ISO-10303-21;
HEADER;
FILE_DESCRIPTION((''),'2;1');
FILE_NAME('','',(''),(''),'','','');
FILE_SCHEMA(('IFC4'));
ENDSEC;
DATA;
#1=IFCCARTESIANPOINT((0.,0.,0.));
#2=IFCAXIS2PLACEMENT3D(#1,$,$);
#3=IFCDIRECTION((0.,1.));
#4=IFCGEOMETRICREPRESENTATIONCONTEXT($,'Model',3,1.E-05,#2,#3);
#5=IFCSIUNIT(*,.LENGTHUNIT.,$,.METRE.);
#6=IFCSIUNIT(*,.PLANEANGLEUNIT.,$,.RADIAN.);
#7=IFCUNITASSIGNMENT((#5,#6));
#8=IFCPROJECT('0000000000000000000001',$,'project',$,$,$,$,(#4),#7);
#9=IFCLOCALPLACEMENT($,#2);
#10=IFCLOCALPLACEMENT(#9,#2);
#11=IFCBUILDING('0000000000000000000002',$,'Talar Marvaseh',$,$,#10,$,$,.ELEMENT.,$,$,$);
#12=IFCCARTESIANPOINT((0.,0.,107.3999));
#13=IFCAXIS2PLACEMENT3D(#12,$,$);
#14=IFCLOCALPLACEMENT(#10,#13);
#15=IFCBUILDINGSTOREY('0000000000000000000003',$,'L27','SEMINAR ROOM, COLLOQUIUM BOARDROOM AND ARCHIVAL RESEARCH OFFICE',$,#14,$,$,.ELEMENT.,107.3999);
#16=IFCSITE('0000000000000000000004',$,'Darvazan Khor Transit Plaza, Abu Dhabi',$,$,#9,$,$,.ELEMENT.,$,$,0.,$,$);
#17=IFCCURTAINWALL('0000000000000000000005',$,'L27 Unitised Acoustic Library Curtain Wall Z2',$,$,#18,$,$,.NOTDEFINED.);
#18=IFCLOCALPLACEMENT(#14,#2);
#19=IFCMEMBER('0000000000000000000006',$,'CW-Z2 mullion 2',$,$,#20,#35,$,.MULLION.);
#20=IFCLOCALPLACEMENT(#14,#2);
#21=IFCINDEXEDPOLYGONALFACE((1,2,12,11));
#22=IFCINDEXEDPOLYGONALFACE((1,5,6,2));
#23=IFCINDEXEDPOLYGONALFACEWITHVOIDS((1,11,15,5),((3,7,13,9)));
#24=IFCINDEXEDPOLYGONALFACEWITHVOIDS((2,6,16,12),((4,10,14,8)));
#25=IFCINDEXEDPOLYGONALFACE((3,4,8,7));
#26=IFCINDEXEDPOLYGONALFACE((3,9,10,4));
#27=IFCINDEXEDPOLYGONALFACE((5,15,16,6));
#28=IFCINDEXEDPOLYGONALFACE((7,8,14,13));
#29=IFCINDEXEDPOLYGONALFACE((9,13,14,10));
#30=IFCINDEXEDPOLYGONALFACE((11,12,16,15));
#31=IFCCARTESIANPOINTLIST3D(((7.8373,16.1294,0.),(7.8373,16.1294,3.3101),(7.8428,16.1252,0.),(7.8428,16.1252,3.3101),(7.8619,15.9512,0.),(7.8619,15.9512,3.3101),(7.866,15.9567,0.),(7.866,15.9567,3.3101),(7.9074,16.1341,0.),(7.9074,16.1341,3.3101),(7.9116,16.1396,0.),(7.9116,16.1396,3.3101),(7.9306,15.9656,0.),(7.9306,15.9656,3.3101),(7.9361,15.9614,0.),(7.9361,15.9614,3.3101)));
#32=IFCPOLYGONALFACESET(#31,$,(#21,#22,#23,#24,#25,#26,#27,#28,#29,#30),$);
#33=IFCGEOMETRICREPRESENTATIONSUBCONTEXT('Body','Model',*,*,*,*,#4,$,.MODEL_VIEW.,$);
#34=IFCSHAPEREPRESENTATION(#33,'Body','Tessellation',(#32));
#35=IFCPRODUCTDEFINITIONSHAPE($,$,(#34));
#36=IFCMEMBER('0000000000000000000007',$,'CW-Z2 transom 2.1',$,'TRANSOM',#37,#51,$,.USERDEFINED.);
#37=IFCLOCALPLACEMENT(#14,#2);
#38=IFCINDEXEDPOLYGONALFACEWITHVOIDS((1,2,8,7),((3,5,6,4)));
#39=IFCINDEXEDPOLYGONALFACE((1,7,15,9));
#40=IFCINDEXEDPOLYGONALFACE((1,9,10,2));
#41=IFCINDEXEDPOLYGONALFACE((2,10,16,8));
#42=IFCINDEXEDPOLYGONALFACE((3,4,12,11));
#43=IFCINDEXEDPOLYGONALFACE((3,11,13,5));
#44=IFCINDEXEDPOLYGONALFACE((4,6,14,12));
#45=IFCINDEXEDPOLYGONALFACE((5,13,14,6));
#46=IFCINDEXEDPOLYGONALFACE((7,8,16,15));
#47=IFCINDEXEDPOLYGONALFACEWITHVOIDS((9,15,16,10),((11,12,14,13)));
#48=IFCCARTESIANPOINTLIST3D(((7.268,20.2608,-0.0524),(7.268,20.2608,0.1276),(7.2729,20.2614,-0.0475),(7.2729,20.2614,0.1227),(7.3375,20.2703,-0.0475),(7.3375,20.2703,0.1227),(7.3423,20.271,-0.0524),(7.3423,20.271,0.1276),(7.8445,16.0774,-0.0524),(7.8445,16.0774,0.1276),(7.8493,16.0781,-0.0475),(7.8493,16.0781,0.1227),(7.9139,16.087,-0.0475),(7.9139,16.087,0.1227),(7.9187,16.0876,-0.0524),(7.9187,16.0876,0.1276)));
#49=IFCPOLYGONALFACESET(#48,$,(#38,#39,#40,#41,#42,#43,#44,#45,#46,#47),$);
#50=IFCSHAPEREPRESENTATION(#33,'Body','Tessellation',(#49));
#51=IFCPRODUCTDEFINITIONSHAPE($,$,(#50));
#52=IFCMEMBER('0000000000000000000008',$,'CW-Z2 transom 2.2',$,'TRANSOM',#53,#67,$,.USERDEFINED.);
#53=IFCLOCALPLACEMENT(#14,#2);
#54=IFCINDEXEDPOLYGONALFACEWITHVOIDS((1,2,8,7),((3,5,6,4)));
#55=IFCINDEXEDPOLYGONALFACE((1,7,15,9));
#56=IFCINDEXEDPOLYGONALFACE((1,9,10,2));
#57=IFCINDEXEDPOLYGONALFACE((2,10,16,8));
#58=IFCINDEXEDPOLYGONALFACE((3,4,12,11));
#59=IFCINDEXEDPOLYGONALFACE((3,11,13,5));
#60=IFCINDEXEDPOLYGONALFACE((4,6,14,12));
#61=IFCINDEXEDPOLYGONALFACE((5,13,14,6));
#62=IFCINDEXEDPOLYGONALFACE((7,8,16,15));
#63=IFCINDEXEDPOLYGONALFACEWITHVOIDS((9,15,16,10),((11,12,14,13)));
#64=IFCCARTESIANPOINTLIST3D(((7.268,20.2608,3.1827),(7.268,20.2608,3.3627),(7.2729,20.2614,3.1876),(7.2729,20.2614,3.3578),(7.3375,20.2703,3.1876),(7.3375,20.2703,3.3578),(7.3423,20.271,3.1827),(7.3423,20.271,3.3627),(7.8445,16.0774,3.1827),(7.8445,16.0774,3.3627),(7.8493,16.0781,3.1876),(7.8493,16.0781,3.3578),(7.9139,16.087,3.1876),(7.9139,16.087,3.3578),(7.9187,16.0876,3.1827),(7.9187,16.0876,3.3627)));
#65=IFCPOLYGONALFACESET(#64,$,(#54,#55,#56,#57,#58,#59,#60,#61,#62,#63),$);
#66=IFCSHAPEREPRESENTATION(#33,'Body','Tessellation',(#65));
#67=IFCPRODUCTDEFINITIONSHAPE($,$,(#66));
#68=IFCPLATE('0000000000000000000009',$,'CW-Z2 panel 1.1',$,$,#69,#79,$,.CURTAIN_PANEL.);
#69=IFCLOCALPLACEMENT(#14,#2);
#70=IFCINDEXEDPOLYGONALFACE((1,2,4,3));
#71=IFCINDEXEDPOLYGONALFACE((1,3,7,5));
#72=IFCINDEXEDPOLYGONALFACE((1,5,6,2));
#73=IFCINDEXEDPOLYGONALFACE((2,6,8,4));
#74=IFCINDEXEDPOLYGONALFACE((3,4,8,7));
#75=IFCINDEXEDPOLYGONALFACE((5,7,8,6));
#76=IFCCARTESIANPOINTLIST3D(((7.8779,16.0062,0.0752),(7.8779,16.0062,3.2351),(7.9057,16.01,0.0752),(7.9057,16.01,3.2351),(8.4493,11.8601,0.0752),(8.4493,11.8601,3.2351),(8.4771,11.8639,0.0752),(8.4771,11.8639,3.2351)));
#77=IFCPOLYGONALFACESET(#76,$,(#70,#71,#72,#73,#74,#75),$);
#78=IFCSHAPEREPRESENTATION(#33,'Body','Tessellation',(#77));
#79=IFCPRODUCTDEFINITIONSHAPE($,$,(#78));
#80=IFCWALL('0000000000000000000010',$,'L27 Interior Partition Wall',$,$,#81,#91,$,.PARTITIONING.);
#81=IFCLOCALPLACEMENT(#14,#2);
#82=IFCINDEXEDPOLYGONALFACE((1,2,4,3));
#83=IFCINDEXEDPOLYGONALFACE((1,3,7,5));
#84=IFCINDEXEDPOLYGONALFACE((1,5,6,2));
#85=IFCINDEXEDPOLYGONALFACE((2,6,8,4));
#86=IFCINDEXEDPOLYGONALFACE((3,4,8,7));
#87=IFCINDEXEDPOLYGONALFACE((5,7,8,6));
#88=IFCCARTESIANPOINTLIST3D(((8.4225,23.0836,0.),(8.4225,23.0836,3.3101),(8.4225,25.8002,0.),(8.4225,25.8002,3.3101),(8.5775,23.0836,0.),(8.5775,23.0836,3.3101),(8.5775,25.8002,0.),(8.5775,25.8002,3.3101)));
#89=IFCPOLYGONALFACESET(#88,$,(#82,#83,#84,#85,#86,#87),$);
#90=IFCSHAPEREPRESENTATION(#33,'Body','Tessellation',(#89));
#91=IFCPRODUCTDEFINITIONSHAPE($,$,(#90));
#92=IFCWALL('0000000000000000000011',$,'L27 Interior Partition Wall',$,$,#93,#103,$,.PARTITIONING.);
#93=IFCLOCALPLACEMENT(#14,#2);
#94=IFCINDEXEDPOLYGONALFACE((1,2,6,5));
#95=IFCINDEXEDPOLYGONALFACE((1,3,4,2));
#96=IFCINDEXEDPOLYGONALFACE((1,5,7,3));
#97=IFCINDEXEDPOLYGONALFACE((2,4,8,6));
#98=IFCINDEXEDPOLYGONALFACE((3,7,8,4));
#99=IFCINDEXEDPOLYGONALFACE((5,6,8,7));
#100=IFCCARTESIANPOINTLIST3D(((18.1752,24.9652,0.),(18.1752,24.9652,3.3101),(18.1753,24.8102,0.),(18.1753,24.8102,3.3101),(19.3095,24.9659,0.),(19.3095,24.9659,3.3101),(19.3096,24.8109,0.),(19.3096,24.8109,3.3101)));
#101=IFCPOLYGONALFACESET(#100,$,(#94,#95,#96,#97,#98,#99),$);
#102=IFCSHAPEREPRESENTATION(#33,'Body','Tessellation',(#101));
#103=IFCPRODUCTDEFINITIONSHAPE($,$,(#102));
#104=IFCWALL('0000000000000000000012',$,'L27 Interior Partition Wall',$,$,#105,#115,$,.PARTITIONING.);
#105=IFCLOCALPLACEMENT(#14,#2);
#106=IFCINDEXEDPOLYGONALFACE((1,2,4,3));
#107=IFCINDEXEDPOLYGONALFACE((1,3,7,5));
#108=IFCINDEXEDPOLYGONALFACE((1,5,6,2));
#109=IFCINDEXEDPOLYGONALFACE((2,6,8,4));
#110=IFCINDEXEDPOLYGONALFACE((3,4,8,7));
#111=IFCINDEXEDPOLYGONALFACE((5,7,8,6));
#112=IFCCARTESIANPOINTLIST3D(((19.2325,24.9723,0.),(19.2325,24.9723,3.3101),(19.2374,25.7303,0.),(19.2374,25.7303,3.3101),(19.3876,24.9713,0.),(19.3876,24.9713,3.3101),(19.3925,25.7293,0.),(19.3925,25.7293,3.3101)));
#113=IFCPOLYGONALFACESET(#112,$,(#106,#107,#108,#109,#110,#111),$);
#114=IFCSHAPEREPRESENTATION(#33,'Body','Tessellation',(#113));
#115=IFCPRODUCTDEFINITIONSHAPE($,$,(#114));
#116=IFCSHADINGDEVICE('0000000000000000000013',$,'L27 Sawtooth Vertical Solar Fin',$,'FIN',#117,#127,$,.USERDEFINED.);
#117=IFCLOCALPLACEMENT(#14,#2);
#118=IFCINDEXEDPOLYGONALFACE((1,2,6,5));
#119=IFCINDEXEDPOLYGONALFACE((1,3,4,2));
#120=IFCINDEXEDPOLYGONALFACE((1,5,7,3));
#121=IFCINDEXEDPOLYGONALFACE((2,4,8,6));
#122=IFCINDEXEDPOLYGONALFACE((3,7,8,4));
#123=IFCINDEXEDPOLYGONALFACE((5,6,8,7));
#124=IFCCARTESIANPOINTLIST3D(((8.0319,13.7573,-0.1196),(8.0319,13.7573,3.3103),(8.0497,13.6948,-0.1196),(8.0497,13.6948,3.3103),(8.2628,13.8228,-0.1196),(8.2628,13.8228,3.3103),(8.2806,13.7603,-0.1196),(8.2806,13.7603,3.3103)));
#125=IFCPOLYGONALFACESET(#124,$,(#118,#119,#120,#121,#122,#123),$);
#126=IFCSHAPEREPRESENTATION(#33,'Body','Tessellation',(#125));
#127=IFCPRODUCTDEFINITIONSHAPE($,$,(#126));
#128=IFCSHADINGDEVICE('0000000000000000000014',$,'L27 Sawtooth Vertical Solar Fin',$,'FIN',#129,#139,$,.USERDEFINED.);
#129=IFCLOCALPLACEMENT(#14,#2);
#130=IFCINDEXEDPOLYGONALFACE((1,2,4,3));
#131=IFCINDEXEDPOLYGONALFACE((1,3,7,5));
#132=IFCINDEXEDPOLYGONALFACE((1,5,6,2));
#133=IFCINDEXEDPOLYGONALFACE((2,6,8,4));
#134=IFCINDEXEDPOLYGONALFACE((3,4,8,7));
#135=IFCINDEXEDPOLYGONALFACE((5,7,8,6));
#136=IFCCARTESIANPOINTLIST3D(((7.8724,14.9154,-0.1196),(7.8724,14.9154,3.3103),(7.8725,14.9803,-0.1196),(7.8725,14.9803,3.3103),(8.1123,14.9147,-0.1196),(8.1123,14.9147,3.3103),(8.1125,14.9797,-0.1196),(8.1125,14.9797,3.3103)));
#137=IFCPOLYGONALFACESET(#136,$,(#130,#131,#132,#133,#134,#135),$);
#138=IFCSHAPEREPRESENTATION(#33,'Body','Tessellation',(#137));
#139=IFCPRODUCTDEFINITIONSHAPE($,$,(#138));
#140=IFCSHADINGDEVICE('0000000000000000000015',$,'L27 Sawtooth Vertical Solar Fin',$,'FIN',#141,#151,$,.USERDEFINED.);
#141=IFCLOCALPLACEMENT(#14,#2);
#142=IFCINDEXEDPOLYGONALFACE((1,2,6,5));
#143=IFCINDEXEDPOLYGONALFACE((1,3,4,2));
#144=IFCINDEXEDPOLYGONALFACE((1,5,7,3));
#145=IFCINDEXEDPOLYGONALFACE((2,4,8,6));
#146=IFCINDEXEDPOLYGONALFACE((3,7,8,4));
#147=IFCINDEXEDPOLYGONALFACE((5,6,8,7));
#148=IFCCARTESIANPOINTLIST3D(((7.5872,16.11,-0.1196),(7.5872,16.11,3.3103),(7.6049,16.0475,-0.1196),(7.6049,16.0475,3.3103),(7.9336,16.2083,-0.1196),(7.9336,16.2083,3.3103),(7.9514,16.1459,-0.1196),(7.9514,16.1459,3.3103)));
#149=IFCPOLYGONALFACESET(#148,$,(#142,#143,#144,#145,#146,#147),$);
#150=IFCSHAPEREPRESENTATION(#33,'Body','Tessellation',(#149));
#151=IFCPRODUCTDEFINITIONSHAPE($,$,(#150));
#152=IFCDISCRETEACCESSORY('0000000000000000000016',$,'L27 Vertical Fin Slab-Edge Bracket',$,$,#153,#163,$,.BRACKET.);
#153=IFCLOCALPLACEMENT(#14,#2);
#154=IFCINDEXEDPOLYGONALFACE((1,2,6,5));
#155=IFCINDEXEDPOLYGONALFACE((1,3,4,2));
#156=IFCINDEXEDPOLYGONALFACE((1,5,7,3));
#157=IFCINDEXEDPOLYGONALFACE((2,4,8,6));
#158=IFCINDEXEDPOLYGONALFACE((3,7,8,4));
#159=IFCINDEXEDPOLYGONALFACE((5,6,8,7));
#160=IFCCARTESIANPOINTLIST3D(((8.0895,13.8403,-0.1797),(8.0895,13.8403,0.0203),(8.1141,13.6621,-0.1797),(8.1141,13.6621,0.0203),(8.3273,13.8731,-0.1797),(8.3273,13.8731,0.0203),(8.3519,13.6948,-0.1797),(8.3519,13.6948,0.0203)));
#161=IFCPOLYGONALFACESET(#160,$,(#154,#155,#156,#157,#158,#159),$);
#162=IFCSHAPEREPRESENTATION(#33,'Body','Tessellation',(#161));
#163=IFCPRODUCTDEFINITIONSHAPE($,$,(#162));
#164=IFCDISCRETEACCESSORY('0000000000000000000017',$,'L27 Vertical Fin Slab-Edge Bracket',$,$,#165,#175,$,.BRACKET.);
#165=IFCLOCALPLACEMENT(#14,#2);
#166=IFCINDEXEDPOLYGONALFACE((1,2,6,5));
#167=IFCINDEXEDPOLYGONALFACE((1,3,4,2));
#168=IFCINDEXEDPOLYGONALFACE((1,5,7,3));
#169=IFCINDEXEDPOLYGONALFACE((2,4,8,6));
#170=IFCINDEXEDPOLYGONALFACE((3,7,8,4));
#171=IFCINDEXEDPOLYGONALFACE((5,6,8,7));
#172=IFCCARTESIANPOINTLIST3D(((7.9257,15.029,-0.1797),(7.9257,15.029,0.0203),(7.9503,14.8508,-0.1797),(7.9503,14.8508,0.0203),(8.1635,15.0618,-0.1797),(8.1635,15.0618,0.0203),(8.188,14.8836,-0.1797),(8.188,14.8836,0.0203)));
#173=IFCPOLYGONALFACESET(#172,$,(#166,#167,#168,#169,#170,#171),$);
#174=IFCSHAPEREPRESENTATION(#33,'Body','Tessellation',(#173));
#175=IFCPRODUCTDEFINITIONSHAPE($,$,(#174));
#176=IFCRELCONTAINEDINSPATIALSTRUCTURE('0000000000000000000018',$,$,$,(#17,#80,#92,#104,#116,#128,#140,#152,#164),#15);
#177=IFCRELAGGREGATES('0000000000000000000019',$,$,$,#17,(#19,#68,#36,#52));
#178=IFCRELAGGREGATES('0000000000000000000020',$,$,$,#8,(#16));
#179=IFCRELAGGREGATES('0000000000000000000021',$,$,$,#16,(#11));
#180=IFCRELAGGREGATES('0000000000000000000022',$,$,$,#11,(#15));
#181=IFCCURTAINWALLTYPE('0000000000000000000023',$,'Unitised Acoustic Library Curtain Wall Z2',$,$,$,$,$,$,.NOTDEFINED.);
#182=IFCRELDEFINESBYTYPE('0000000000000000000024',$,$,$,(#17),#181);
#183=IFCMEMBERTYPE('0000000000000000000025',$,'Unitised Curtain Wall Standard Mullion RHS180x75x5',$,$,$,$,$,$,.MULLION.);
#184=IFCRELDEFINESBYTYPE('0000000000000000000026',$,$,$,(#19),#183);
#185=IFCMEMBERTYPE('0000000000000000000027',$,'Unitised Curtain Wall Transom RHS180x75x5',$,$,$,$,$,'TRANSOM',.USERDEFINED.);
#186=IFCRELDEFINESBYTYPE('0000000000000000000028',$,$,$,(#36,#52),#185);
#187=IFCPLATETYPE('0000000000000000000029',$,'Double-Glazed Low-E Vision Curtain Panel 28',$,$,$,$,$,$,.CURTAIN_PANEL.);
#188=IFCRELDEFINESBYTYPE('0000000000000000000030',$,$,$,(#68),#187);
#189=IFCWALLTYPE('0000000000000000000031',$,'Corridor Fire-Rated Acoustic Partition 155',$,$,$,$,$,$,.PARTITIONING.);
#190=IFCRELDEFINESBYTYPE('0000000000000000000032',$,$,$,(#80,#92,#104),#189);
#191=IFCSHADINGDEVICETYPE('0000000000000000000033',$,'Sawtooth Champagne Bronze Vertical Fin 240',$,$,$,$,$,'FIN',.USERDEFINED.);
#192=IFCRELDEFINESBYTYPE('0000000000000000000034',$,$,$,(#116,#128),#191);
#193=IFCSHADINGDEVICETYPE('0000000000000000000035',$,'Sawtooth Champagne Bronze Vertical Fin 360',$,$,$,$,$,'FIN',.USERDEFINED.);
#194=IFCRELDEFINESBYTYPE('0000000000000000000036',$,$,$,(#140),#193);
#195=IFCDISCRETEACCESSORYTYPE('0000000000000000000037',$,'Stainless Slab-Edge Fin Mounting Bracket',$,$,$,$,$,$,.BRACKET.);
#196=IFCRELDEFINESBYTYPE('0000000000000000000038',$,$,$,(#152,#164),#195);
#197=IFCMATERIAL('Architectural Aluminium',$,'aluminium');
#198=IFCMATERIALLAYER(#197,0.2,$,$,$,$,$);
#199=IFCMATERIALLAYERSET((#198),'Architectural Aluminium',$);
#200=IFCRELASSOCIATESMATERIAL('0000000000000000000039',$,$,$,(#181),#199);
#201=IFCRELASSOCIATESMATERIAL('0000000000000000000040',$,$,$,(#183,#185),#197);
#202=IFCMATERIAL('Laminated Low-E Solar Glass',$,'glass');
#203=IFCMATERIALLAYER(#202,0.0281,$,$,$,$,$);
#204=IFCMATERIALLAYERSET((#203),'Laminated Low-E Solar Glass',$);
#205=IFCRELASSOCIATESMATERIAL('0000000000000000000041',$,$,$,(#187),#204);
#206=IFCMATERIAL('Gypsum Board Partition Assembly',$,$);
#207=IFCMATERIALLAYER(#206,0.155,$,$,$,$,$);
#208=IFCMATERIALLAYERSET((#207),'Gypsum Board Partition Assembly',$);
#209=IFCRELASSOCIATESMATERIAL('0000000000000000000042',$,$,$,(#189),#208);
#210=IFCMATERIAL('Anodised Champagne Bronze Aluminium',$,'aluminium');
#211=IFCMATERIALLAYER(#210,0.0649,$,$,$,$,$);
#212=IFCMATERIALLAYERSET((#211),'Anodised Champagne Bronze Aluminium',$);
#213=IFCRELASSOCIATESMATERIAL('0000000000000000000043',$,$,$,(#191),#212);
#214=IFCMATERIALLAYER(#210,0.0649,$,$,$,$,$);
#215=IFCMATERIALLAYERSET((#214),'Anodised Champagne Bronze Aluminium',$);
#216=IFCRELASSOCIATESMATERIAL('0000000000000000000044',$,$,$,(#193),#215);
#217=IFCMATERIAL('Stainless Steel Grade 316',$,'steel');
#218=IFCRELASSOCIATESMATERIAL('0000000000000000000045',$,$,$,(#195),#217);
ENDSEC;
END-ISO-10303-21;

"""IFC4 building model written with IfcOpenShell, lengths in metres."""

from ifc_helpers import new_model, si_unit, direction, frame, frame_2d, origin, origin_2d, place, context, subcontext, project, spatial, rectangle, hollow_rectangle, extrude, source, transform, mapped, material, layer, layer_set, material_profile, profile_set, type_object, type_shapes, element, aggregate, save


model = new_model("IFC4")

# Units and contexts
model_context = context("Model", 3, precision=1e-05, world=origin(), true_north=direction((0.0, 1.0)))
body_context = subcontext(model_context, "Body", "Model", "MODEL_VIEW")
ifc_project = project(units=[si_unit("LENGTHUNIT", "METRE"), si_unit("PLANEANGLEUNIT", "RADIAN")], contexts=[model_context])

# Site, building, storey
site_placement = place(None, origin())
site = spatial("IfcSite", under=ifc_project, at=site_placement, Name="Darvazan Khor Transit Plaza, Abu Dhabi", CompositionType="ELEMENT", RefElevation=0.0)
building_placement = place(site_placement, origin())
building = spatial("IfcBuilding", under=site, at=building_placement, Name="Talar Marvaseh", CompositionType="ELEMENT")
storey_placement = place(building_placement, frame((0.0, 0.0, 107.3999)))
storey = spatial("IfcBuildingStorey", under=building, at=storey_placement, Name="L27", Description="SEMINAR ROOM, COLLOQUIUM BOARDROOM AND ARCHIVAL RESEARCH OFFICE", CompositionType="ELEMENT", Elevation=107.3999)

# Curtain wall, members, plate
ifc_material_1 = material(Name="Architectural Aluminium", Category="aluminium")
ifc_layer_1 = layer(ifc_material_1, 0.2)
ifc_layer_set_1 = layer_set([ifc_layer_1], Name="Architectural Aluminium")
curtain_wall_type = type_object("IfcCurtainWallType", Name="Unitised Acoustic Library Curtain Wall Z2", PredefinedType="NOTDEFINED", material=ifc_layer_set_1)
curtain_wall_placement = place(storey_placement, origin())
curtain_wall = element("IfcCurtainWall", 1, at=curtain_wall_placement, inside=storey, type_object=curtain_wall_type, Name="L27 Unitised Acoustic Library Curtain Wall Z2", PredefinedType="NOTDEFINED")
ifc_material_profile_1 = material_profile(ifc_material_1, hollow_rectangle(XDim=0.075, YDim=0.1799, WallThickness=0.0049, at=origin_2d()), Name="RHS180x75x5")
ifc_profile_set_1 = profile_set([ifc_material_profile_1], Name="Architectural Aluminium")
member_type_1 = type_object("IfcMemberType", Name="Unitised Curtain Wall Standard Mullion RHS180x75x5", PredefinedType="MULLION", material=ifc_profile_set_1)
shared_shape_1 = source(origin(), body_context, "Body", "SweptSolid", [
    extrude(hollow_rectangle(XDim=0.075, YDim=0.1799, WallThickness=0.0049, at=origin_2d()), origin(), (0.0, 0.0, 1.0), 3.3101),
])
type_shapes(member_type_1, [shared_shape_1])
member_1_placement = place(storey_placement, frame((7.8867, 16.0454, 0.0), z_axis=(0.0, 0.0, 1.0), x_axis=(-0.990638, -0.136515, 0.0)))
member_1 = element("IfcMember", 2, at=member_1_placement, type_object=member_type_1, Name="CW-Z2 mullion 2", PredefinedType="MULLION", context=body_context, shape_type="MappedRepresentation", body=[
    mapped(shared_shape_1, transform((0.0, 0.0, 0.0), x_axis=(1.0, 0.0, 0.0), y_axis=(0.0, 1.0, 0.0), z_axis=(0.0, 0.0, 1.0), scale=1.0)),
])
ifc_material_profile_2 = material_profile(ifc_material_1, hollow_rectangle(XDim=0.075, YDim=0.1799, WallThickness=0.0049, at=origin_2d()), Name="RHS180x75x5")
ifc_profile_set_2 = profile_set([ifc_material_profile_2], Name="Architectural Aluminium")
member_type_2 = type_object("IfcMemberType", Name="Unitised Curtain Wall Transom RHS180x75x5", ElementType="TRANSOM", PredefinedType="USERDEFINED", material=ifc_profile_set_2)
shared_shape_2 = source(origin(), body_context, "Body", "SweptSolid", [
    extrude(hollow_rectangle(XDim=0.075, YDim=0.1799, WallThickness=0.0049, at=origin_2d()), origin(), (0.0, 0.0, 1.0), 4.2229),
])
type_shapes(member_type_2, [shared_shape_2])
member_2_placement = place(storey_placement, frame((7.8816, 16.0825, 0.0376), z_axis=(-0.136498, 0.99064, 0.0), x_axis=(-0.99064, -0.136498, 0.0)))
member_2 = element("IfcMember", 3, at=member_2_placement, type_object=member_type_2, Name="CW-Z2 transom 2.1", ObjectType="TRANSOM", PredefinedType="USERDEFINED", context=body_context, shape_type="MappedRepresentation", body=[
    mapped(shared_shape_2, transform((0.0, 0.0, 0.0), x_axis=(1.0, 0.0, 0.0), y_axis=(0.0, 1.0, 0.0), z_axis=(0.0, 0.0, 1.0), scale=1.0)),
])
member_3_placement = place(storey_placement, frame((7.8816, 16.0825, 3.2727), z_axis=(-0.136498, 0.99064, 0.0), x_axis=(-0.99064, -0.136498, 0.0)))
member_3 = element("IfcMember", 4, at=member_3_placement, type_object=member_type_2, Name="CW-Z2 transom 2.2", ObjectType="TRANSOM", PredefinedType="USERDEFINED", context=body_context, shape_type="MappedRepresentation", body=[
    mapped(shared_shape_2, transform((0.0, 0.0, 0.0), x_axis=(1.0, 0.0, 0.0), y_axis=(0.0, 1.0, 0.0), z_axis=(0.0, 0.0, 1.0), scale=1.0)),
])
ifc_material_2 = material(Name="Laminated Low-E Solar Glass", Category="glass")
ifc_layer_2 = layer(ifc_material_2, 0.0281)
ifc_layer_set_2 = layer_set([ifc_layer_2], Name="Laminated Low-E Solar Glass")
plate_type = type_object("IfcPlateType", Name="Double-Glazed Low-E Vision Curtain Panel 28", PredefinedType="CURTAIN_PANEL", material=ifc_layer_set_2)
shared_shape_3 = source(origin(), body_context, "Body", "SweptSolid", [
    extrude(rectangle(XDim=4.1853, YDim=0.0281, at=origin_2d()), origin(), (0.0, 0.0, 1.0), 3.1599),
])
type_shapes(plate_type, [shared_shape_3])
plate_placement = place(storey_placement, frame((8.1775, 13.9351, 0.0752), z_axis=(0.0, 0.0, 1.0), x_axis=(-0.136515, 0.990638, 0.0)))
plate = element("IfcPlate", 5, at=plate_placement, type_object=plate_type, Name="CW-Z2 panel 1.1", PredefinedType="CURTAIN_PANEL", context=body_context, shape_type="MappedRepresentation", body=[
    mapped(shared_shape_3, transform((0.0, 0.0, 0.0), x_axis=(1.0, 0.0, 0.0), y_axis=(0.0, 1.0, 0.0), z_axis=(0.0, 0.0, 1.0), scale=1.0)),
])
aggregate(curtain_wall, [member_1, plate, member_2, member_3])

# Walls
ifc_material_3 = material(Name="Gypsum Board Partition Assembly")
ifc_layer_3 = layer(ifc_material_3, 0.155)
ifc_layer_set_3 = layer_set([ifc_layer_3], Name="Gypsum Board Partition Assembly")
wall_type = type_object("IfcWallType", Name="Corridor Fire-Rated Acoustic Partition 155", PredefinedType="PARTITIONING", material=ifc_layer_set_3)
wall_1_placement = place(storey_placement, frame((8.5, 23.0835, 0.0), z_axis=(0.0, 0.0, 1.0), x_axis=(0.0, 1.0, 0.0)))
element("IfcWall", 6, at=wall_1_placement, inside=storey, type_object=wall_type, Name="L27 Interior Partition Wall", PredefinedType="PARTITIONING", context=body_context, shape_type="SweptSolid", body=[
    extrude(rectangle(XDim=2.7166, YDim=0.155, at=frame_2d((1.3584, 0.0))), origin(), (0.0, 0.0, 1.0), 3.3101),
])
wall_2_placement = place(storey_placement, frame((18.1753, 24.8877, 0.0), z_axis=(0.0, 0.0, 1.0), x_axis=(1.0, 0.000646, 0.0)))
element("IfcWall", 7, at=wall_2_placement, inside=storey, type_object=wall_type, Name="L27 Interior Partition Wall", PredefinedType="PARTITIONING", context=body_context, shape_type="SweptSolid", body=[
    extrude(rectangle(XDim=1.1343, YDim=0.155, at=frame_2d((0.5671, 0.0))), origin(), (0.0, 0.0, 1.0), 3.3101),
])
wall_3_placement = place(storey_placement, frame((19.3101, 24.9719, 0.0), z_axis=(0.0, 0.0, 1.0), x_axis=(0.006441, 0.999979, 0.0)))
element("IfcWall", 8, at=wall_3_placement, inside=storey, type_object=wall_type, Name="L27 Interior Partition Wall", PredefinedType="PARTITIONING", context=body_context, shape_type="SweptSolid", body=[
    extrude(rectangle(XDim=0.7581, YDim=0.155, at=frame_2d((0.3789, 0.0))), origin(), (0.0, 0.0, 1.0), 3.3101),
])

# Shading devices
ifc_material_4 = material(Name="Anodised Champagne Bronze Aluminium", Category="aluminium")
ifc_layer_4 = layer(ifc_material_4, 0.0649)
ifc_layer_set_4 = layer_set([ifc_layer_4], Name="Anodised Champagne Bronze Aluminium")
shading_device_type_1 = type_object("IfcShadingDeviceType", Name="Sawtooth Champagne Bronze Vertical Fin 240", ElementType="FIN", PredefinedType="USERDEFINED", material=ifc_layer_set_4)
shared_shape_4 = source(origin(), body_context, "Body", "SweptSolid", [
    extrude(rectangle(XDim=0.24, YDim=0.0649, at=origin_2d()), origin(), (0.0, 0.0, 1.0), 3.4299),
])
type_shapes(shading_device_type_1, [shared_shape_4])
for number, where, z_axis, x_axis, name in (
    (9, (8.1562, 13.7588, -0.1196), (0.0, 0.0, 1.0), (-0.96198, -0.27312, 0.0), "L27 Sawtooth Vertical Solar Fin"),
    (10, (7.9924, 14.9475, -0.1196), (0.0, 0.0, 1.0), (-0.999997, 0.002618, 0.0), "L27 Sawtooth Vertical Solar Fin"),
):
    element("IfcShadingDevice", number, at=place(storey_placement, frame(where, z_axis=z_axis, x_axis=x_axis)), inside=storey, type_object=shading_device_type_1, Name=name, ObjectType="FIN", PredefinedType="USERDEFINED", context=body_context, shape_type="MappedRepresentation", body=[
        mapped(shared_shape_4, transform((0.0, 0.0, 0.0), x_axis=(1.0, 0.0, 0.0), y_axis=(0.0, 1.0, 0.0), z_axis=(0.0, 0.0, 1.0), scale=1.0)),
    ])
ifc_layer_5 = layer(ifc_material_4, 0.0649)
ifc_layer_set_5 = layer_set([ifc_layer_5], Name="Anodised Champagne Bronze Aluminium")
shading_device_type_2 = type_object("IfcShadingDeviceType", Name="Sawtooth Champagne Bronze Vertical Fin 360", ElementType="FIN", PredefinedType="USERDEFINED", material=ifc_layer_set_5)
shared_shape_5 = source(origin(), body_context, "Body", "SweptSolid", [
    extrude(rectangle(XDim=0.3601, YDim=0.0649, at=origin_2d()), origin(), (0.0, 0.0, 1.0), 3.4299),
])
type_shapes(shading_device_type_2, [shared_shape_5])
shading_device_placement = place(storey_placement, frame((7.7693, 16.1279, -0.1196), z_axis=(0.0, 0.0, 1.0), x_axis=(-0.96198, -0.27312, 0.0)))
element("IfcShadingDevice", 11, at=shading_device_placement, inside=storey, type_object=shading_device_type_2, Name="L27 Sawtooth Vertical Solar Fin", ObjectType="FIN", PredefinedType="USERDEFINED", context=body_context, shape_type="MappedRepresentation", body=[
    mapped(shared_shape_5, transform((0.0, 0.0, 0.0), x_axis=(1.0, 0.0, 0.0), y_axis=(0.0, 1.0, 0.0), z_axis=(0.0, 0.0, 1.0), scale=1.0)),
])

# Discrete accessories
ifc_material_5 = material(Name="Stainless Steel Grade 316", Category="steel")
discrete_accessory_type = type_object("IfcDiscreteAccessoryType", Name="Stainless Slab-Edge Fin Mounting Bracket", PredefinedType="BRACKET", material=ifc_material_5)
shared_shape_6 = source(origin(), body_context, "Body", "SweptSolid", [
    extrude(rectangle(XDim=0.24, YDim=0.1799, at=origin_2d()), origin(), (0.0, 0.0, 1.0), 0.2),
])
type_shapes(discrete_accessory_type, [shared_shape_6])
for number, where, z_axis, x_axis, name in (
    (12, (8.2207, 13.7676, -0.1797), (0.0, 0.0, 1.0), (-0.990629, -0.13658, 0.0), "L27 Vertical Fin Slab-Edge Bracket"),
    (13, (8.0569, 14.9563, -0.1797), (0.0, 0.0, 1.0), (-0.990629, -0.13658, 0.0), "L27 Vertical Fin Slab-Edge Bracket"),
):
    element("IfcDiscreteAccessory", number, at=place(storey_placement, frame(where, z_axis=z_axis, x_axis=x_axis)), inside=storey, type_object=discrete_accessory_type, Name=name, PredefinedType="BRACKET", context=body_context, shape_type="MappedRepresentation", body=[
        mapped(shared_shape_6, transform((0.0, 0.0, 0.0), x_axis=(1.0, 0.0, 0.0), y_axis=(0.0, 1.0, 0.0), z_axis=(0.0, 0.0, 1.0), scale=1.0)),
    ])

save(model, "model.ifc")
